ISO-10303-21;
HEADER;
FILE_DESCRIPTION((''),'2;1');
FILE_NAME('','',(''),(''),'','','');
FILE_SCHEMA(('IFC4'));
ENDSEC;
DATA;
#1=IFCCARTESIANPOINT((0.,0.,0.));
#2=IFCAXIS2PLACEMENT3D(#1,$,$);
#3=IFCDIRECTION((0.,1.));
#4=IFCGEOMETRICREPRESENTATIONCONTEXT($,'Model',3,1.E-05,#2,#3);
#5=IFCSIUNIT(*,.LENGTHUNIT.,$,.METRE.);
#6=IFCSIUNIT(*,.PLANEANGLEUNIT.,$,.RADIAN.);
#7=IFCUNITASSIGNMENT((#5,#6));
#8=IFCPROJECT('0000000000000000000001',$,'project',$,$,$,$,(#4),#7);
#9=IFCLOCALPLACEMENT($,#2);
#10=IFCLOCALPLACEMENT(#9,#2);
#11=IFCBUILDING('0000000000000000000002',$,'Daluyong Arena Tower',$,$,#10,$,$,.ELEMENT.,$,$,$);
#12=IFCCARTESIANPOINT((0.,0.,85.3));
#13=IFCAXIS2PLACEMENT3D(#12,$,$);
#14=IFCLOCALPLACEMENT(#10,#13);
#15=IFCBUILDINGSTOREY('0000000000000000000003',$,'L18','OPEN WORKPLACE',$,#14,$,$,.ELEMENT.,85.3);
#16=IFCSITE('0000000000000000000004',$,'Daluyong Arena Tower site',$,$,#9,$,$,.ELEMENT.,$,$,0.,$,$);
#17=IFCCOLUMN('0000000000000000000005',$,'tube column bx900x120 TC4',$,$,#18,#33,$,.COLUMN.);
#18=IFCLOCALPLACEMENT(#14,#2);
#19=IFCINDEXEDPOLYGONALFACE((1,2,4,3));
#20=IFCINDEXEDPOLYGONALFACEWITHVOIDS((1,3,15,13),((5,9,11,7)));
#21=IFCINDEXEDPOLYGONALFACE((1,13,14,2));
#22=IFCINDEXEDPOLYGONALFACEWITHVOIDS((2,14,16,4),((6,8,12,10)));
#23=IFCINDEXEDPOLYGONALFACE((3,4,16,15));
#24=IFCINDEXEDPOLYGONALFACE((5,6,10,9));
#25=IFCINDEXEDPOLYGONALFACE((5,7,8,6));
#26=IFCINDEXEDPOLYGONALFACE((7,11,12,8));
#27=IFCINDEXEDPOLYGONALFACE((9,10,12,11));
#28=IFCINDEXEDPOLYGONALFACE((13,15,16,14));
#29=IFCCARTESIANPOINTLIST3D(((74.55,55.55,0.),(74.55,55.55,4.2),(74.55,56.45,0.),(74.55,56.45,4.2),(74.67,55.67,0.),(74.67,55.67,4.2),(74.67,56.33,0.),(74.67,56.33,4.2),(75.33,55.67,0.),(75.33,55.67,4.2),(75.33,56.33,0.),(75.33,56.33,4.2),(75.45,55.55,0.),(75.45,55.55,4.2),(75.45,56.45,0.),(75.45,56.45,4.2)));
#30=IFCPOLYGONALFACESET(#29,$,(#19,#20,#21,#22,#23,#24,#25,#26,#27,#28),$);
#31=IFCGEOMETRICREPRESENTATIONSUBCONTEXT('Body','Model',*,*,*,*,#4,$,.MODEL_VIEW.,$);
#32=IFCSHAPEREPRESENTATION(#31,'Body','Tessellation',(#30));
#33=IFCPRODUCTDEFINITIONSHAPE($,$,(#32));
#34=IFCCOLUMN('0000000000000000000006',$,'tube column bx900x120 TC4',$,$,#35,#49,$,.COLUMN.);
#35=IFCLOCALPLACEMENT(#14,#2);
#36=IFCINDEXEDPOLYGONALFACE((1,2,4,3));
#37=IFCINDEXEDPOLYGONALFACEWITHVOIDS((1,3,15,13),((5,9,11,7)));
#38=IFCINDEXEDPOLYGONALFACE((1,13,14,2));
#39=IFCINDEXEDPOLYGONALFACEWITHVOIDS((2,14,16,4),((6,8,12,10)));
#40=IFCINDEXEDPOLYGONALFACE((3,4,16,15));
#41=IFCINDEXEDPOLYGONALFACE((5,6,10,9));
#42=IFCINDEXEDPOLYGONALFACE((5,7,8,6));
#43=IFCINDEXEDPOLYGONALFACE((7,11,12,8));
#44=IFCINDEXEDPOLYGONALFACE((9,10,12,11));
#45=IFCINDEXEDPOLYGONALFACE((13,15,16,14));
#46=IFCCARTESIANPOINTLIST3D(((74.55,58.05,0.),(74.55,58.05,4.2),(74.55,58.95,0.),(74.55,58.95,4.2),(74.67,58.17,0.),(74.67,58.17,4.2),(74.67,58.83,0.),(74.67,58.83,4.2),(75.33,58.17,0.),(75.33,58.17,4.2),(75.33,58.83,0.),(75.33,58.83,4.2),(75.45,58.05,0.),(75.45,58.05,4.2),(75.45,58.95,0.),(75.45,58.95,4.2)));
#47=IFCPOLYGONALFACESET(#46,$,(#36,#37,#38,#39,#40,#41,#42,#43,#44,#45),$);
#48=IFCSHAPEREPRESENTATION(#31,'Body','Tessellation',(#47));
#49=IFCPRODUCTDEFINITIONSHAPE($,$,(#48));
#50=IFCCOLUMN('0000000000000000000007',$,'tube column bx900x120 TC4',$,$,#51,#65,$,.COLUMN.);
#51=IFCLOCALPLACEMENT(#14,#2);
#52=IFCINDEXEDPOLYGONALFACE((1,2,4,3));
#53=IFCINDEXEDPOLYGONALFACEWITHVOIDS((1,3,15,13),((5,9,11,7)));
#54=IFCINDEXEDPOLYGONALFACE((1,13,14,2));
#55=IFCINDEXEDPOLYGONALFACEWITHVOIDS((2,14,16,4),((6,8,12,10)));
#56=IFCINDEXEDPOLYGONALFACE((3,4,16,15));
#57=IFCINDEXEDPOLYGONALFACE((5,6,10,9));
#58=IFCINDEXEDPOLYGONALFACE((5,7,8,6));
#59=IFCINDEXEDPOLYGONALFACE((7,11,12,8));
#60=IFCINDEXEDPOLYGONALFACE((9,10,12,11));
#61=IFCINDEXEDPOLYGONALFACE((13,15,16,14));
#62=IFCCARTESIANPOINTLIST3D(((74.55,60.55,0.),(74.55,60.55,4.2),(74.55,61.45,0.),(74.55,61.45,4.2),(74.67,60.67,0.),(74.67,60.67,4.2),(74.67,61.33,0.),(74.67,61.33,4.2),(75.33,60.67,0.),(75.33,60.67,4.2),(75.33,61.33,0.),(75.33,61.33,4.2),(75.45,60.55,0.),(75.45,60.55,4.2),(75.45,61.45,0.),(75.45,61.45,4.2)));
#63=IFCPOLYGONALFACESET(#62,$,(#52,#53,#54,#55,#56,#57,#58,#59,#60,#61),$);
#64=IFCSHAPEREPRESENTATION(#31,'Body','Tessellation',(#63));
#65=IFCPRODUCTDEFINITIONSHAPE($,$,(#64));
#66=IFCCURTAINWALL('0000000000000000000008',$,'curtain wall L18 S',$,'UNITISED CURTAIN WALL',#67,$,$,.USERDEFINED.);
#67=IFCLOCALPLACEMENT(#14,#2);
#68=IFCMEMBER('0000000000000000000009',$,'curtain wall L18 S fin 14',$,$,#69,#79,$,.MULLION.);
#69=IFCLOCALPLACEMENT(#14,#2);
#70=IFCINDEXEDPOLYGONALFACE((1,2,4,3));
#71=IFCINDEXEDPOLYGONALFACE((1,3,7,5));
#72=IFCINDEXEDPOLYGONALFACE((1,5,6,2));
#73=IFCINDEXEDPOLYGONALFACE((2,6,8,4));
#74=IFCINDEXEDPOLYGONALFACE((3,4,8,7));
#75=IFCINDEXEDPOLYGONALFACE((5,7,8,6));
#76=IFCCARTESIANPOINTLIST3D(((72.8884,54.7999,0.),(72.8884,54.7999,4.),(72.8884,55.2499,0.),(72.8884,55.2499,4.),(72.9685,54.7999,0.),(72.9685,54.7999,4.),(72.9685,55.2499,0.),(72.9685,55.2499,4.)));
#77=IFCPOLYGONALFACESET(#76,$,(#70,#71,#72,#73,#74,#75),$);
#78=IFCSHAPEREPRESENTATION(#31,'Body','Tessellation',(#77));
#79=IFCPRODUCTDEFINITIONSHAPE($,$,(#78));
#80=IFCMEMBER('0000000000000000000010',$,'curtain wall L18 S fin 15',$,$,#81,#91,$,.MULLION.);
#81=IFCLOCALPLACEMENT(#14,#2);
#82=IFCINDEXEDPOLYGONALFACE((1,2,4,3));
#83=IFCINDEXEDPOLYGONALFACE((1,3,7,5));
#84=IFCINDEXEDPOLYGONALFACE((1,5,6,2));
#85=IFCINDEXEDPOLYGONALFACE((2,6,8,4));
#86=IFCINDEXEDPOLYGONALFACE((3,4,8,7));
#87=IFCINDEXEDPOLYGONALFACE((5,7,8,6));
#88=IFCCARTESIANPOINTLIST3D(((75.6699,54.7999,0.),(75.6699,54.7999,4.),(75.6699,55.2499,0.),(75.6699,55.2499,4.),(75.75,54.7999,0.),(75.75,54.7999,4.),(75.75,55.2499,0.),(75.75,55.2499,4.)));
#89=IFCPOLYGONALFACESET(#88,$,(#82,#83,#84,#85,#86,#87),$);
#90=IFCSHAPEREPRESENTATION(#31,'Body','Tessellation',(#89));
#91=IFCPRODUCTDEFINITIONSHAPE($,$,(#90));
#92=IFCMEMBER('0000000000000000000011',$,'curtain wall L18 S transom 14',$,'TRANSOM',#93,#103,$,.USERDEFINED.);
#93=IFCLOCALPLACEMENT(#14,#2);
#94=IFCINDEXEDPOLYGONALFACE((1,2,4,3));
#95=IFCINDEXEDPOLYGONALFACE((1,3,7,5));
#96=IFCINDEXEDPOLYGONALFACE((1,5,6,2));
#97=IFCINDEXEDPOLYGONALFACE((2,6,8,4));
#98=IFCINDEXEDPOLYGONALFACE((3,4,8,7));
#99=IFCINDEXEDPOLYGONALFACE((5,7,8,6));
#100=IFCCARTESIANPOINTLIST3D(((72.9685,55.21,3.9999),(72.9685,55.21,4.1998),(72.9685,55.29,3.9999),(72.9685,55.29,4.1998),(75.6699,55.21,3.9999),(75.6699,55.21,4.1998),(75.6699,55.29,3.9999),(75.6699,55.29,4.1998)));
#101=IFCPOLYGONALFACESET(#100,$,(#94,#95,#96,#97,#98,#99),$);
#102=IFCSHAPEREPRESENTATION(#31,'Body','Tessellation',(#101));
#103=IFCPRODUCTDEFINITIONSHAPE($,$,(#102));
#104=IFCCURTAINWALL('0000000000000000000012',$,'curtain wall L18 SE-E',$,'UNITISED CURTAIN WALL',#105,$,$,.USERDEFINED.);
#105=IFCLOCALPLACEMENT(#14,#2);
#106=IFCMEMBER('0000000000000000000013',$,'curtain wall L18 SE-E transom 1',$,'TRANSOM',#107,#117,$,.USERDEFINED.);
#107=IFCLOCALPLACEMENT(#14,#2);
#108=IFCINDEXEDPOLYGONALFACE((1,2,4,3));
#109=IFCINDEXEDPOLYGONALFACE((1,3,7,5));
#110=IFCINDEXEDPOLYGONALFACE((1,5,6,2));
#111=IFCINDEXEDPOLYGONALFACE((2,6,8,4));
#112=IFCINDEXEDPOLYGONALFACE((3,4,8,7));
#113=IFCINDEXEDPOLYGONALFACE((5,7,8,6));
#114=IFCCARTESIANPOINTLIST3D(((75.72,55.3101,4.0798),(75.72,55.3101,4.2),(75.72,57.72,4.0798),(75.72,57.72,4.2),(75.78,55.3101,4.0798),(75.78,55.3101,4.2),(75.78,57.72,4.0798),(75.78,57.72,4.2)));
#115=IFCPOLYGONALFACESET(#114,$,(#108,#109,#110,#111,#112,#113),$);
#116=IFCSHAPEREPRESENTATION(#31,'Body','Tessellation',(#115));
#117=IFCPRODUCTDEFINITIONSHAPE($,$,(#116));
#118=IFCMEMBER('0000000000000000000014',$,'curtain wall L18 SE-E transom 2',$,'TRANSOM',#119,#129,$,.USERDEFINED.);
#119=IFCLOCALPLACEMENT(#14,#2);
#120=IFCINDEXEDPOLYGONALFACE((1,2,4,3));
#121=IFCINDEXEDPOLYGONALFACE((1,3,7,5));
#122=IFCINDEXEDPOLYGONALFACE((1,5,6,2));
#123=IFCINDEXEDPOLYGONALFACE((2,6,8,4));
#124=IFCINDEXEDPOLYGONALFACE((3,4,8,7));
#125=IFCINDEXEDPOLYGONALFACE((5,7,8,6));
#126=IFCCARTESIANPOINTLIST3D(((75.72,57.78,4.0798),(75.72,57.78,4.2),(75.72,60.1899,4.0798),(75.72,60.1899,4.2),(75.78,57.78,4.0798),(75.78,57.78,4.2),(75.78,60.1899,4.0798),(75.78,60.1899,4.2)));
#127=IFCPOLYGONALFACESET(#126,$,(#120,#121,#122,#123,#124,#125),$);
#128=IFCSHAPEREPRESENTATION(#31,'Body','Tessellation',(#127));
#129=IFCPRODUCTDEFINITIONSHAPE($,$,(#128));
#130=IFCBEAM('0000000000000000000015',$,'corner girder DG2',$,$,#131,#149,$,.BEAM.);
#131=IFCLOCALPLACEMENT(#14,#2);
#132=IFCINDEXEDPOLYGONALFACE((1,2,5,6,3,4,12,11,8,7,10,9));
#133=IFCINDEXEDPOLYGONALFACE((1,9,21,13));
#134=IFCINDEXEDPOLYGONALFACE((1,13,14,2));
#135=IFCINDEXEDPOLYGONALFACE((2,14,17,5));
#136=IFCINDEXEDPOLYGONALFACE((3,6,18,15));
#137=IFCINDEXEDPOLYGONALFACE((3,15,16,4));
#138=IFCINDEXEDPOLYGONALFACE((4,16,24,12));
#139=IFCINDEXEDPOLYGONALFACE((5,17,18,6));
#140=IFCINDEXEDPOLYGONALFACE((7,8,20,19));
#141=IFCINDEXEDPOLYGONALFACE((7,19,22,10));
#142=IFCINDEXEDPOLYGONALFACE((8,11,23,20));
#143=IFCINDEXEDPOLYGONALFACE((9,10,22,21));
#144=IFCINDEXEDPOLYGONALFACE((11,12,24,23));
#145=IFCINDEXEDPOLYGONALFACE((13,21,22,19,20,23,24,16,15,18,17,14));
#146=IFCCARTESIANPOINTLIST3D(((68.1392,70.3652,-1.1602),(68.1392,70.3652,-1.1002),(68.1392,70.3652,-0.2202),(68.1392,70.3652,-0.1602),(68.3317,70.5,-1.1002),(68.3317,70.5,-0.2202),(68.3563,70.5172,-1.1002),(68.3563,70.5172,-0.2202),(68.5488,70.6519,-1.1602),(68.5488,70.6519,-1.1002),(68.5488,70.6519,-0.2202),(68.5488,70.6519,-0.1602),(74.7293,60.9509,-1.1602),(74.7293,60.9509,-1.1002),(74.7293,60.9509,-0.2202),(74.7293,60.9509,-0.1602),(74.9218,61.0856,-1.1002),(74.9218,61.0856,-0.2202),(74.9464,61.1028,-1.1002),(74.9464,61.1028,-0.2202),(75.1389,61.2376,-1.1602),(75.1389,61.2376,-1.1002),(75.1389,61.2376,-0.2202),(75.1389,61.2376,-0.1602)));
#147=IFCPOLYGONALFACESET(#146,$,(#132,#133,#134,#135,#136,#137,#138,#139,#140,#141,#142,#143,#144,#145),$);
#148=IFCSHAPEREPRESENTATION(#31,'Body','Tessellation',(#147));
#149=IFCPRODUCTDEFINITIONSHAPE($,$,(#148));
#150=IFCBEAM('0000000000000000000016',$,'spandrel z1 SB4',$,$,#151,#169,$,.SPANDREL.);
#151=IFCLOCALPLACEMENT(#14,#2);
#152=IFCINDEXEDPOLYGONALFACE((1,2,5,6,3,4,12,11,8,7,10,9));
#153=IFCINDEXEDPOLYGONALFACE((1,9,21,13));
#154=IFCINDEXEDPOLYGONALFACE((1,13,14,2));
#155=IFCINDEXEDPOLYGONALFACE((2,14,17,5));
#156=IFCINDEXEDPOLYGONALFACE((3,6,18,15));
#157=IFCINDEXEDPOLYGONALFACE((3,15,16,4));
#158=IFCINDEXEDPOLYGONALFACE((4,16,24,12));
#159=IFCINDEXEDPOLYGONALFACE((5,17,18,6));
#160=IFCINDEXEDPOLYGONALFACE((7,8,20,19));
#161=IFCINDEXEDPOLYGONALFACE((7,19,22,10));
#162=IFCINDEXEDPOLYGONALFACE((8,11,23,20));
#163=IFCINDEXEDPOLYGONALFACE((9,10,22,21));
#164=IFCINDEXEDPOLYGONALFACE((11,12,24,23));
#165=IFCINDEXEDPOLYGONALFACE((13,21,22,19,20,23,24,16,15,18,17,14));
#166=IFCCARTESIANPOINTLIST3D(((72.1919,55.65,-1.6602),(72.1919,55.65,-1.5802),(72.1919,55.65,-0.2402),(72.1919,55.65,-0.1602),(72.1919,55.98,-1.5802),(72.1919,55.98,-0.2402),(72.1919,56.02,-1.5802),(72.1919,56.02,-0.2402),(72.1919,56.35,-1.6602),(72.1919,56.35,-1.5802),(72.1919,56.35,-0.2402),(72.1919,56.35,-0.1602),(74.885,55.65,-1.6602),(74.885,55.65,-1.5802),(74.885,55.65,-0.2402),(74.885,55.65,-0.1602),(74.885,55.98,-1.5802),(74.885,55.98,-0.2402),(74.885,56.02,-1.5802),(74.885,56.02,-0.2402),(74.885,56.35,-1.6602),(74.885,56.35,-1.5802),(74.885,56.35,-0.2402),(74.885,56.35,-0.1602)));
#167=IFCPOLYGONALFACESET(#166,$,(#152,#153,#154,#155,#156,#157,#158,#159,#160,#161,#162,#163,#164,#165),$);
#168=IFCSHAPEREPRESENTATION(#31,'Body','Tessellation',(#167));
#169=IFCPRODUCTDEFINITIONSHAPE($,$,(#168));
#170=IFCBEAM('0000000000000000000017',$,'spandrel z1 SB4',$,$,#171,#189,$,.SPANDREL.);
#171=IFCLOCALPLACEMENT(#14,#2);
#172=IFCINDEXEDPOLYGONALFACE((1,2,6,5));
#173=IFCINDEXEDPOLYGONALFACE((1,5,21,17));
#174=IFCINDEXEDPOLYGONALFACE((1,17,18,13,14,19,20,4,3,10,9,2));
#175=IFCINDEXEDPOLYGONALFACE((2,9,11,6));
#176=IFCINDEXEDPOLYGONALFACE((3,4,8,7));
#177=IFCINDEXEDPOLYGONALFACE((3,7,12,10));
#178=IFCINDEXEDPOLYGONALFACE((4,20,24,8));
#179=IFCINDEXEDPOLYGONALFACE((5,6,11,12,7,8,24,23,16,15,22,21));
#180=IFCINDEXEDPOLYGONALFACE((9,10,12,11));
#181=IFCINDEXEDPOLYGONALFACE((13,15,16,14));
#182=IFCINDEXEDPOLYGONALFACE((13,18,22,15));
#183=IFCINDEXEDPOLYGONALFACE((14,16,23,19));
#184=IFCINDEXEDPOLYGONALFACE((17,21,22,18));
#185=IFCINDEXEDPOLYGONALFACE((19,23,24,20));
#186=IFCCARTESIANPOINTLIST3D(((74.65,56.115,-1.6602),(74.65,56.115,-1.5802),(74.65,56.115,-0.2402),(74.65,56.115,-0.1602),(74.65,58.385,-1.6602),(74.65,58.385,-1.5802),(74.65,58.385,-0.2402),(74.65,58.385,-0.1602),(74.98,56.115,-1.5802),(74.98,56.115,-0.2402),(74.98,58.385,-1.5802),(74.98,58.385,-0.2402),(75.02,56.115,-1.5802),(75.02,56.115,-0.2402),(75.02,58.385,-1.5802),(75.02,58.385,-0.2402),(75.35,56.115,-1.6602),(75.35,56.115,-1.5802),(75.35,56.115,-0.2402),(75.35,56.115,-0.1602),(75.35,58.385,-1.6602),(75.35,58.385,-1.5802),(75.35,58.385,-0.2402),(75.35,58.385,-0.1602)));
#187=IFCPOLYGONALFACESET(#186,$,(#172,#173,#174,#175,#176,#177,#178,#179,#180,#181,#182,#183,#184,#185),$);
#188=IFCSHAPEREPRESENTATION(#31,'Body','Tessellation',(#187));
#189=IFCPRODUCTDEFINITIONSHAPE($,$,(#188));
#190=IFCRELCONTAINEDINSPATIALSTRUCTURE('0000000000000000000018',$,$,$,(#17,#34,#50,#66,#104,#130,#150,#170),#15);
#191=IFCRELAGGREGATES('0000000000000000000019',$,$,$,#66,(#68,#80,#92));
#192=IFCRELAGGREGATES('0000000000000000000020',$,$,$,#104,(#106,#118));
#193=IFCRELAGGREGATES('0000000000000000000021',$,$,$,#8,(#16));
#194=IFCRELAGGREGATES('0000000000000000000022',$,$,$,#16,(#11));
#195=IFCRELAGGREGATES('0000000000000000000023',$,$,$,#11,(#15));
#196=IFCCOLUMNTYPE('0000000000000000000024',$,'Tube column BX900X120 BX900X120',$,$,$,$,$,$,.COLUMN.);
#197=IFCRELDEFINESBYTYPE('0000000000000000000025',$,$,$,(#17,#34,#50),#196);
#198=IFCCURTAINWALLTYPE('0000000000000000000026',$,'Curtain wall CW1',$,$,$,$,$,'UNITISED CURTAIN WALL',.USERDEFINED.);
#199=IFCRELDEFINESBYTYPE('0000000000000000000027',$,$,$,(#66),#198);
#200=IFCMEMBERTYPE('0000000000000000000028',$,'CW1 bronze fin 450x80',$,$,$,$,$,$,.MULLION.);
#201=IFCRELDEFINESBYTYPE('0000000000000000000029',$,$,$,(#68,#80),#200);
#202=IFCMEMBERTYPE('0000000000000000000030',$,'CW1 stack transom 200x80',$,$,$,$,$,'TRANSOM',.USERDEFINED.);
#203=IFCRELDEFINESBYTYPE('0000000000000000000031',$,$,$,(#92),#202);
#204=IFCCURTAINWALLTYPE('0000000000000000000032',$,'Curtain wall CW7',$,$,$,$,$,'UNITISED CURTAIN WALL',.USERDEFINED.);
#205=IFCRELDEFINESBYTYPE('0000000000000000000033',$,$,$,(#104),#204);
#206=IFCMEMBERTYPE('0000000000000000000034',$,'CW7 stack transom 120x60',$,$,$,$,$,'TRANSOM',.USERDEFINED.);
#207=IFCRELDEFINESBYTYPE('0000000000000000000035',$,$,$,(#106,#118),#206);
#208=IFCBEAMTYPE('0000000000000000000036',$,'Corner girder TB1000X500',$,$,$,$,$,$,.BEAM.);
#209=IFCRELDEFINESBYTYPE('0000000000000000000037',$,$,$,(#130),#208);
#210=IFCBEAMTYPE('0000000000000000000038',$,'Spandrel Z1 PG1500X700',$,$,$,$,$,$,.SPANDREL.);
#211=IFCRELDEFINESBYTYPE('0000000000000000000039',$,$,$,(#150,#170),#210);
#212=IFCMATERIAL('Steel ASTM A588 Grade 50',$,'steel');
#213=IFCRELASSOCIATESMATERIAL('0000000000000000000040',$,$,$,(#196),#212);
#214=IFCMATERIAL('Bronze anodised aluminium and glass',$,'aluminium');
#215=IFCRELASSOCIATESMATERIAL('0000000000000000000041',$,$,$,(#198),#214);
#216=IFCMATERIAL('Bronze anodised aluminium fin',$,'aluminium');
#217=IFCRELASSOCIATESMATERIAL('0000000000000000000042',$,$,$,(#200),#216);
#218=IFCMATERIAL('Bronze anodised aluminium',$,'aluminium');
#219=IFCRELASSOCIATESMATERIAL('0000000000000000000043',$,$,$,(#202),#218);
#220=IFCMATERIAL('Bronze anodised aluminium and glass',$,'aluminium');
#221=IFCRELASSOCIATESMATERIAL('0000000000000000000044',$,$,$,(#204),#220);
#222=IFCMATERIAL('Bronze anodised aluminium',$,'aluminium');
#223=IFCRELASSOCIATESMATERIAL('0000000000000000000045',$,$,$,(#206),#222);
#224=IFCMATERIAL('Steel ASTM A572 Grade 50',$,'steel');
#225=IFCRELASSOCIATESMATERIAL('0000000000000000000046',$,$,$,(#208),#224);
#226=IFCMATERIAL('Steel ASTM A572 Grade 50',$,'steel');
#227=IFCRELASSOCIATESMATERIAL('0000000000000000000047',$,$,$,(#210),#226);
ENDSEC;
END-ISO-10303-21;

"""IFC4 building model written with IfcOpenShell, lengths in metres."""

from ifc_helpers import new_model, si_unit, direction, frame, origin, origin_2d, place, context, subcontext, project, spatial, rectangle, hollow_rectangle, i_section, extrude, material, material_profile, profile_set, type_object, element, aggregate, save


model = new_model("IFC4")

# Units and contexts
model_context = context("Model", 3, precision=1e-05, world=origin(), true_north=direction((0.0, 1.0)))
body_context = subcontext(model_context, "Body", "Model", "MODEL_VIEW")
ifc_project = project(units=[si_unit("LENGTHUNIT", "METRE"), si_unit("PLANEANGLEUNIT", "RADIAN")], contexts=[model_context])

# Site, building, storey
site_placement = place(None, origin())
site = spatial("IfcSite", under=ifc_project, at=site_placement, Name="Daluyong Arena Tower site", CompositionType="ELEMENT", RefElevation=0.0)
building_placement = place(site_placement, origin())
building = spatial("IfcBuilding", under=site, at=building_placement, Name="Daluyong Arena Tower", CompositionType="ELEMENT")
storey_placement = place(building_placement, frame((0.0, 0.0, 85.3)))
storey = spatial("IfcBuildingStorey", under=building, at=storey_placement, Name="L18", Description="OPEN WORKPLACE", CompositionType="ELEMENT", Elevation=85.3)

# Columns
ifc_material_1 = material(Name="Steel ASTM A588 Grade 50", Category="steel")
ifc_material_profile_1 = material_profile(ifc_material_1, hollow_rectangle(XDim=0.8999, YDim=0.8999, WallThickness=0.12, at=origin_2d()))
ifc_profile_set_1 = profile_set([ifc_material_profile_1], Name="Steel ASTM A588 Grade 50")
column_type = type_object("IfcColumnType", Name="Tube column BX900X120 BX900X120", PredefinedType="COLUMN", material=ifc_profile_set_1)
for number, where, z_axis, x_axis, name in (
    (1, (75.0, 56.0, 0.0), (0.0, 0.0, 1.0), (0.0, 1.0, 0.0), "tube column bx900x120 TC4"),
    (2, (75.0, 58.5, 0.0), (0.0, 0.0, 1.0), (0.0, 1.0, 0.0), "tube column bx900x120 TC4"),
    (3, (75.0, 61.0, 0.0), (0.0, 0.0, 1.0), (1.0, 0.0, 0.0), "tube column bx900x120 TC4"),
):
    element("IfcColumn", number, at=place(storey_placement, frame(where, z_axis=z_axis, x_axis=x_axis)), inside=storey, type_object=column_type, Name=name, PredefinedType="COLUMN", context=body_context, shape_type="SweptSolid", body=[
        extrude(hollow_rectangle(XDim=0.8999, YDim=0.8999, WallThickness=0.12, at=origin_2d()), origin(), (0.0, 0.0, 1.0), 4.2),
    ])

# Curtain walls, members
ifc_material_2 = material(Name="Bronze anodised aluminium and glass", Category="aluminium")
curtain_wall_type_1 = type_object("IfcCurtainWallType", Name="Curtain wall CW1", ElementType="UNITISED CURTAIN WALL", PredefinedType="USERDEFINED", material=ifc_material_2)
curtain_wall_1_placement = place(storey_placement, origin())
curtain_wall_1 = element("IfcCurtainWall", 4, at=curtain_wall_1_placement, inside=storey, type_object=curtain_wall_type_1, Name="curtain wall L18 S", ObjectType="UNITISED CURTAIN WALL", PredefinedType="USERDEFINED")
ifc_material_3 = material(Name="Bronze anodised aluminium fin", Category="aluminium")
ifc_material_profile_2 = material_profile(ifc_material_3, rectangle(XDim=0.45, YDim=0.0801, at=origin_2d()))
ifc_profile_set_2 = profile_set([ifc_material_profile_2], Name="Bronze anodised aluminium fin")
member_type_1 = type_object("IfcMemberType", Name="CW1 bronze fin 450x80", PredefinedType="MULLION", material=ifc_profile_set_2)
member_1_placement = place(storey_placement, frame((72.9285, 55.0249, 0.0), z_axis=(0.0, 0.0, 1.0), x_axis=(0.0, 1.0, 0.0)))
member_1 = element("IfcMember", 5, at=member_1_placement, type_object=member_type_1, Name="curtain wall L18 S fin 14", PredefinedType="MULLION", context=body_context, shape_type="SweptSolid", body=[
    extrude(rectangle(XDim=0.45, YDim=0.0801, at=origin_2d()), origin(), (0.0, 0.0, 1.0), 4.0),
])
member_2_placement = place(storey_placement, frame((75.71, 55.0249, 0.0), z_axis=(0.0, 0.0, 1.0), x_axis=(0.0, 1.0, 0.0)))
member_2 = element("IfcMember", 6, at=member_2_placement, type_object=member_type_1, Name="curtain wall L18 S fin 15", PredefinedType="MULLION", context=body_context, shape_type="SweptSolid", body=[
    extrude(rectangle(XDim=0.45, YDim=0.0801, at=origin_2d()), origin(), (0.0, 0.0, 1.0), 4.0),
])
ifc_material_4 = material(Name="Bronze anodised aluminium", Category="aluminium")
ifc_material_profile_3 = material_profile(ifc_material_4, rectangle(XDim=0.0801, YDim=0.2, at=origin_2d()))
ifc_profile_set_3 = profile_set([ifc_material_profile_3], Name="Bronze anodised aluminium")
member_type_2 = type_object("IfcMemberType", Name="CW1 stack transom 200x80", ElementType="TRANSOM", PredefinedType="USERDEFINED", material=ifc_profile_set_3)
member_3_placement = place(storey_placement, frame((72.9685, 55.25, 4.0999), z_axis=(1.0, 0.0, 0.0), x_axis=(0.0, 1.0, 0.0)))
member_3 = element("IfcMember", 7, at=member_3_placement, type_object=member_type_2, Name="curtain wall L18 S transom 14", ObjectType="TRANSOM", PredefinedType="USERDEFINED", context=body_context, shape_type="SweptSolid", body=[
    extrude(rectangle(XDim=0.0801, YDim=0.2, at=origin_2d()), origin(), (0.0, 0.0, 1.0), 2.7014),
])
ifc_material_5 = material(Name="Bronze anodised aluminium and glass", Category="aluminium")
curtain_wall_type_2 = type_object("IfcCurtainWallType", Name="Curtain wall CW7", ElementType="UNITISED CURTAIN WALL", PredefinedType="USERDEFINED", material=ifc_material_5)
curtain_wall_2_placement = place(storey_placement, origin())
curtain_wall_2 = element("IfcCurtainWall", 8, at=curtain_wall_2_placement, inside=storey, type_object=curtain_wall_type_2, Name="curtain wall L18 SE-E", ObjectType="UNITISED CURTAIN WALL", PredefinedType="USERDEFINED")
ifc_material_6 = material(Name="Bronze anodised aluminium", Category="aluminium")
ifc_material_profile_4 = material_profile(ifc_material_6, rectangle(XDim=0.0601, YDim=0.1201, at=origin_2d()))
ifc_profile_set_4 = profile_set([ifc_material_profile_4], Name="Bronze anodised aluminium")
member_type_3 = type_object("IfcMemberType", Name="CW7 stack transom 120x60", ElementType="TRANSOM", PredefinedType="USERDEFINED", material=ifc_profile_set_4)
member_4_placement = place(storey_placement, frame((75.75, 55.3101, 4.1399), z_axis=(0.0, 1.0, 0.0), x_axis=(-1.0, 0.0, 0.0)))
member_4 = element("IfcMember", 9, at=member_4_placement, type_object=member_type_3, Name="curtain wall L18 SE-E transom 1", ObjectType="TRANSOM", PredefinedType="USERDEFINED", context=body_context, shape_type="SweptSolid", body=[
    extrude(rectangle(XDim=0.0601, YDim=0.1201, at=origin_2d()), origin(), (0.0, 0.0, 1.0), 2.4099),
])
member_5_placement = place(storey_placement, frame((75.75, 57.78, 4.1399), z_axis=(0.0, 1.0, 0.0), x_axis=(-1.0, 0.0, 0.0)))
member_5 = element("IfcMember", 10, at=member_5_placement, type_object=member_type_3, Name="curtain wall L18 SE-E transom 2", ObjectType="TRANSOM", PredefinedType="USERDEFINED", context=body_context, shape_type="SweptSolid", body=[
    extrude(rectangle(XDim=0.0601, YDim=0.1201, at=origin_2d()), origin(), (0.0, 0.0, 1.0), 2.4099),
])

# Beams
ifc_material_7 = material(Name="Steel ASTM A572 Grade 50", Category="steel")
ifc_material_profile_5 = material_profile(ifc_material_7, i_section(OverallWidth=0.5, OverallDepth=1.0, WebThickness=0.03, FlangeThickness=0.06, at=origin_2d()))
ifc_profile_set_5 = profile_set([ifc_material_profile_5], Name="Steel ASTM A572 Grade 50")
beam_type_1 = type_object("IfcBeamType", Name="Corner girder TB1000X500", PredefinedType="BEAM", material=ifc_profile_set_5)
beam_1_placement = place(storey_placement, frame((74.9341, 61.0942, -0.6602), z_axis=(-0.573467, 0.819229, 0.0), x_axis=(-0.819229, -0.573467, 0.0)))
element("IfcBeam", 11, at=beam_1_placement, inside=storey, type_object=beam_type_1, Name="corner girder DG2", PredefinedType="BEAM", context=body_context, shape_type="SweptSolid", body=[
    extrude(i_section(OverallWidth=0.5, OverallDepth=1.0, WebThickness=0.03, FlangeThickness=0.06, at=origin_2d()), origin(), (0.0, 0.0, 1.0), 11.4917),
])
ifc_material_8 = material(Name="Steel ASTM A572 Grade 50", Category="steel")
ifc_material_profile_6 = material_profile(ifc_material_8, i_section(OverallWidth=0.7, OverallDepth=1.5, WebThickness=0.04, FlangeThickness=0.08, at=origin_2d()))
ifc_profile_set_6 = profile_set([ifc_material_profile_6], Name="Steel ASTM A572 Grade 50")
beam_type_2 = type_object("IfcBeamType", Name="Spandrel Z1 PG1500X700", PredefinedType="SPANDREL", material=ifc_profile_set_6)
beam_2_placement = place(storey_placement, frame((72.1919, 56.0, -0.9102), z_axis=(1.0, 0.0, 0.0), x_axis=(0.0, 1.0, 0.0)))
element("IfcBeam", 12, at=beam_2_placement, inside=storey, type_object=beam_type_2, Name="spandrel z1 SB4", PredefinedType="SPANDREL", context=body_context, shape_type="SweptSolid", body=[
    extrude(i_section(OverallWidth=0.7, OverallDepth=1.5, WebThickness=0.04, FlangeThickness=0.08, at=origin_2d()), origin(), (0.0, 0.0, 1.0), 2.6931),
])
for number, where, z_axis, x_axis, name in (
    (13, (75.0, 56.115, -0.9102), (0.0, 1.0, 0.0), (-1.0, 0.0, 0.0), "spandrel z1 SB4"),
):
    element("IfcBeam", number, at=place(storey_placement, frame(where, z_axis=z_axis, x_axis=x_axis)), inside=storey, type_object=beam_type_2, Name=name, PredefinedType="SPANDREL", context=body_context, shape_type="SweptSolid", body=[
        extrude(i_section(OverallWidth=0.7, OverallDepth=1.5, WebThickness=0.04, FlangeThickness=0.08, at=origin_2d()), origin(), (0.0, 0.0, 1.0), 2.27),
    ])

aggregate(curtain_wall_1, [member_1, member_2, member_3])
aggregate(curtain_wall_2, [member_4, member_5])

save(model, "model.ifc")
